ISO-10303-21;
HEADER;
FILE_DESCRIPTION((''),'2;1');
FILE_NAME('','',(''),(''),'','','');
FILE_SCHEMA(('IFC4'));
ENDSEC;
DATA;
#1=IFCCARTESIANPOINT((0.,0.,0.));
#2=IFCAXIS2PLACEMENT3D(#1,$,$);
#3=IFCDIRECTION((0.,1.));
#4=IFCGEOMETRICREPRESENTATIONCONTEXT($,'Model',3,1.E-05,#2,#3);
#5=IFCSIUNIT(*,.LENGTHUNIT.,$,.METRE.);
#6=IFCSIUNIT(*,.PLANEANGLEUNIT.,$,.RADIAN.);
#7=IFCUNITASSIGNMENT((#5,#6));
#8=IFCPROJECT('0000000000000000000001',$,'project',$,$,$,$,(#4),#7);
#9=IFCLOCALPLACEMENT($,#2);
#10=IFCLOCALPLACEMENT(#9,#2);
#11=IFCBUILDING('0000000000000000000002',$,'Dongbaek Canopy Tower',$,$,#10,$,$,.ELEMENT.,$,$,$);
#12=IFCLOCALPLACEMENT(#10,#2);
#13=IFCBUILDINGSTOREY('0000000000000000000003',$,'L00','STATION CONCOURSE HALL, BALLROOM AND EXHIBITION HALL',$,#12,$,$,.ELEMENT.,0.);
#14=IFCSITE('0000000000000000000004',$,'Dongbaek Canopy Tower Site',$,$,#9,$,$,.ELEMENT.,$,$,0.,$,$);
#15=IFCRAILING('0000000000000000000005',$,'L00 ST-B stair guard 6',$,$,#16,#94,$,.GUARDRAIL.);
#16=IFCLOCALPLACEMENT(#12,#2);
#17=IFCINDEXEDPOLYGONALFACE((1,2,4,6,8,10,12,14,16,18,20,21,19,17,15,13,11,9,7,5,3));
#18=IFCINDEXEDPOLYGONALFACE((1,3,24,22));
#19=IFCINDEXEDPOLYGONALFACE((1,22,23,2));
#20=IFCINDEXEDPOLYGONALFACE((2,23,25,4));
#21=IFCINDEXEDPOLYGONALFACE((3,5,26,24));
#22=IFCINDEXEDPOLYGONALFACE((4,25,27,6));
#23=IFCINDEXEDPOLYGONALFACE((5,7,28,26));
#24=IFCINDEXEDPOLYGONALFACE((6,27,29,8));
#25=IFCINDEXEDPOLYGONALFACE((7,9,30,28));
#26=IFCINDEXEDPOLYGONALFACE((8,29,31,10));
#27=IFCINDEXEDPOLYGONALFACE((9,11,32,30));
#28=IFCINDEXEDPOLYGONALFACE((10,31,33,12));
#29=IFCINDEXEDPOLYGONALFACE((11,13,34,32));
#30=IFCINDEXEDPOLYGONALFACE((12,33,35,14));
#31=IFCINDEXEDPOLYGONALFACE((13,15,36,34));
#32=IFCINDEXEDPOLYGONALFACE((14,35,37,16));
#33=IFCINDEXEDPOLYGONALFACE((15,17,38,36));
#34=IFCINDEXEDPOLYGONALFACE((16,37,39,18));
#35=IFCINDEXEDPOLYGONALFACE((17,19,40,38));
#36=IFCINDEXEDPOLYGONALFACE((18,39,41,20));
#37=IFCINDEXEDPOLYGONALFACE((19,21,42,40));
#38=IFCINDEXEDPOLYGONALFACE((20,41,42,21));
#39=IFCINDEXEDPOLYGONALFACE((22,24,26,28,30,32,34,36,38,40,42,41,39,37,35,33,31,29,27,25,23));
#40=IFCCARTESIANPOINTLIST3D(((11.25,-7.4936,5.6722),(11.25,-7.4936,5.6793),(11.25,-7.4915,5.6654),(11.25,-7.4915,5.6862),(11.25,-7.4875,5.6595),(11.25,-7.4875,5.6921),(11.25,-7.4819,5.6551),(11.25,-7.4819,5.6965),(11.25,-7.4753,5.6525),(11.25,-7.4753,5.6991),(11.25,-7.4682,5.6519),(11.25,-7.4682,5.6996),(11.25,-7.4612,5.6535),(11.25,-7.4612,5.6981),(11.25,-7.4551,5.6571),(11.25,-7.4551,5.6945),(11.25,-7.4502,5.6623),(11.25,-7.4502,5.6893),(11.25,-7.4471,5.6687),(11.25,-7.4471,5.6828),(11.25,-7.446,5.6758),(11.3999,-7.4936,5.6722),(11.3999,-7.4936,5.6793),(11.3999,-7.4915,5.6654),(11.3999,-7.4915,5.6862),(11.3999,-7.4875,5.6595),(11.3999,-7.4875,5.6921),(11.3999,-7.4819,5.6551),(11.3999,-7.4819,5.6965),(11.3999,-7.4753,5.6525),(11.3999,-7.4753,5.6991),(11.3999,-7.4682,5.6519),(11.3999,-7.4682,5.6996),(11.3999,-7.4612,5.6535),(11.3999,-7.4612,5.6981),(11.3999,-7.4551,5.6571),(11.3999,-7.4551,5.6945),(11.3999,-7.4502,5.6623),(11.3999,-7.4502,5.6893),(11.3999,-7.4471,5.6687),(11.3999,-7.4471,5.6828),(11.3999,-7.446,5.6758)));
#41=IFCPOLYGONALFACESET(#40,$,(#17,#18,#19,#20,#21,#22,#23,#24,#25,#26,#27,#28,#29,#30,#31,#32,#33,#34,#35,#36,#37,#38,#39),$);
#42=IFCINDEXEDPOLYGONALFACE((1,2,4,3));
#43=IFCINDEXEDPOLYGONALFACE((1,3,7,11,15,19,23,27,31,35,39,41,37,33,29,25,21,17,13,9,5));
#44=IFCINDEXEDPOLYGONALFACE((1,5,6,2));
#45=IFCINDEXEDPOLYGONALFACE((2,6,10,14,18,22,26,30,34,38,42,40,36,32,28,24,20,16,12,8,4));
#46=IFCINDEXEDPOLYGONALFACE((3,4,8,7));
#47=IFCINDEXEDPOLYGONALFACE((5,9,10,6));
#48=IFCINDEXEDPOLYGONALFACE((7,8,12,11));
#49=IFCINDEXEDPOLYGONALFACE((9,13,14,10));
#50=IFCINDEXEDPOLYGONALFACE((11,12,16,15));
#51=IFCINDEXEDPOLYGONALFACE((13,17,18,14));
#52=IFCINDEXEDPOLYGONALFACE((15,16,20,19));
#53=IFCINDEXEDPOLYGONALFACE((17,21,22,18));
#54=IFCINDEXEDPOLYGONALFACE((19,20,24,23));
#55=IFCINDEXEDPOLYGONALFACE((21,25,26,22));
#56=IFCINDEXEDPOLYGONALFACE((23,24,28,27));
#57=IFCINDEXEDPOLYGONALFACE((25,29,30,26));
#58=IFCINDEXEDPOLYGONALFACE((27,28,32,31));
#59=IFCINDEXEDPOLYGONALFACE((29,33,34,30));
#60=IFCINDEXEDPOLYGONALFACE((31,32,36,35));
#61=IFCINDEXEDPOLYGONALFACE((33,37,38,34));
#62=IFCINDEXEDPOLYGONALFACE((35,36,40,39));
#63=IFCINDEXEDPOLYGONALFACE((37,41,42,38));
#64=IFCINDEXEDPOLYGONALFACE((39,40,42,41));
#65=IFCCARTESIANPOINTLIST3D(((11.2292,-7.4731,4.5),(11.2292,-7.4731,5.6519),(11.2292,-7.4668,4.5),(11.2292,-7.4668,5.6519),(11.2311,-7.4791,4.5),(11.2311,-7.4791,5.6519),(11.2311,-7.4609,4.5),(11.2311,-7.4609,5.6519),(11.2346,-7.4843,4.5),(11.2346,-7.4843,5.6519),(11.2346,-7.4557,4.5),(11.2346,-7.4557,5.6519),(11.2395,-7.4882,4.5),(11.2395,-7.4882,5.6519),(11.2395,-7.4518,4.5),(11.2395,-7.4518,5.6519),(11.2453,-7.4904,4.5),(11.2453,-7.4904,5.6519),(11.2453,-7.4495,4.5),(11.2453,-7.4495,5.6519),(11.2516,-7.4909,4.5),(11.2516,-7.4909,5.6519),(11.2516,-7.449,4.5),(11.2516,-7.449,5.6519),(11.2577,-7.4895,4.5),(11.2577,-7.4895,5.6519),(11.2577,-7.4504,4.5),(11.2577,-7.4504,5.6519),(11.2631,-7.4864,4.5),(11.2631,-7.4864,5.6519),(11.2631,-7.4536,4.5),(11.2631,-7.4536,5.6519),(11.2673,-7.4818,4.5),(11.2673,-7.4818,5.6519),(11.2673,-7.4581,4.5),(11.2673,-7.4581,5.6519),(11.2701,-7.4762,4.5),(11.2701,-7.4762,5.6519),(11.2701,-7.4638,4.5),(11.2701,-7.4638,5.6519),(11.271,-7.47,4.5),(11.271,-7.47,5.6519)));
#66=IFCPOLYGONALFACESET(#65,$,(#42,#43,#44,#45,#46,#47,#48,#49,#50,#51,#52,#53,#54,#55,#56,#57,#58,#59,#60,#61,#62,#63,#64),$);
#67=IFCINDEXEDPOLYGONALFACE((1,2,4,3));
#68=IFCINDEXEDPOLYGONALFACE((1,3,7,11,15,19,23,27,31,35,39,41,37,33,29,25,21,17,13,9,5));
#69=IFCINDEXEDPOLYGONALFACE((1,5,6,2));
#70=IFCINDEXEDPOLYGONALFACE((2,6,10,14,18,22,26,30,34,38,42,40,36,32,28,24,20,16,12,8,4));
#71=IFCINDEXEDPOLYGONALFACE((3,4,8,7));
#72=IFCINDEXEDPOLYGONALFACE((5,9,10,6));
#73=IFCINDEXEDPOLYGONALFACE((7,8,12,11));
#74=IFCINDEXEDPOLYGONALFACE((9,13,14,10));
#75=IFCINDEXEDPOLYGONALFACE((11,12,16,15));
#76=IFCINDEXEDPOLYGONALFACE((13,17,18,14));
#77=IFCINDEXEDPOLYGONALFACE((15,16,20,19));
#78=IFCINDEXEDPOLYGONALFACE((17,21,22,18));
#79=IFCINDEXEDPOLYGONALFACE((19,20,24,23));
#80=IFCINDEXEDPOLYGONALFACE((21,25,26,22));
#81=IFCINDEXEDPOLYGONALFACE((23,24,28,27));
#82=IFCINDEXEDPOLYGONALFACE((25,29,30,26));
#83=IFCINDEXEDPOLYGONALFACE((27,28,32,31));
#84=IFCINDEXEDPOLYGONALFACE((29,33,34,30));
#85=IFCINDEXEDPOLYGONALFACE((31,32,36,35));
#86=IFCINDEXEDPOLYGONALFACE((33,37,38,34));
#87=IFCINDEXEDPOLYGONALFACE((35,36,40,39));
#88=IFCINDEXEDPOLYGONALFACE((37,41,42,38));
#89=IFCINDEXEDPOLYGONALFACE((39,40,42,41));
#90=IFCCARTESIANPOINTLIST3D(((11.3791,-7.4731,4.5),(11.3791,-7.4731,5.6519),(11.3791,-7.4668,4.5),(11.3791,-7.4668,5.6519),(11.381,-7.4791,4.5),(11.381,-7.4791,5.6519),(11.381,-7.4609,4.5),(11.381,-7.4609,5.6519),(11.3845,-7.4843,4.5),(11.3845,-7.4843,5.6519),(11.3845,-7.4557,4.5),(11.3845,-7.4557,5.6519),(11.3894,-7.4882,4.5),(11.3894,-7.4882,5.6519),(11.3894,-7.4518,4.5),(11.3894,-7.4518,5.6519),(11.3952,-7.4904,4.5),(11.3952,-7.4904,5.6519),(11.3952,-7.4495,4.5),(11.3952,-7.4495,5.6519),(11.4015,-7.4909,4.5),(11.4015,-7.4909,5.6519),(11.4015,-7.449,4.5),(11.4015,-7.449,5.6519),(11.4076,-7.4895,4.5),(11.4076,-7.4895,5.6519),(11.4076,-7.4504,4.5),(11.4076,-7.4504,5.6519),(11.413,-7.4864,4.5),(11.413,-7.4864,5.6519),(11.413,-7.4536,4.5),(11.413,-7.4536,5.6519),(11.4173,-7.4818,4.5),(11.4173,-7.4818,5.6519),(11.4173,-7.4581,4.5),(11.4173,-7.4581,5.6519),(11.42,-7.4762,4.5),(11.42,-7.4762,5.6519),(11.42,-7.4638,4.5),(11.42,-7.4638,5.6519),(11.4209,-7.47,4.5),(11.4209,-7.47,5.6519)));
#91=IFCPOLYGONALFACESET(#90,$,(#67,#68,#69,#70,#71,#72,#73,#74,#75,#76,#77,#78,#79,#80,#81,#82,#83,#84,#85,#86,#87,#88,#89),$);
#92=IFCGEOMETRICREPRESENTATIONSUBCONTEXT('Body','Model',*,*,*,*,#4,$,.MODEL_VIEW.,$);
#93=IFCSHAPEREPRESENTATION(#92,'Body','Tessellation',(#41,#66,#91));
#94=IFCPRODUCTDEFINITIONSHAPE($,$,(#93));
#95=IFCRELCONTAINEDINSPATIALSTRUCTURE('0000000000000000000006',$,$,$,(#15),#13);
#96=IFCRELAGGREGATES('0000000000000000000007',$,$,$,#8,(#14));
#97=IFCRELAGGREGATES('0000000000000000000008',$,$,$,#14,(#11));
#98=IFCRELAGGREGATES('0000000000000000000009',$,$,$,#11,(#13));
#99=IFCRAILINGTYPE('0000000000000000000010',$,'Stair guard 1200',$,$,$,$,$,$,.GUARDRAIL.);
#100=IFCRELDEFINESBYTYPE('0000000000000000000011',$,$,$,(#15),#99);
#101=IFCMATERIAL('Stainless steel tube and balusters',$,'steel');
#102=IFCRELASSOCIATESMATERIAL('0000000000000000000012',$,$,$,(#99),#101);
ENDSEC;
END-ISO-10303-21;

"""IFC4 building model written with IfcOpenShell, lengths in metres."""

from ifc_helpers import new_model, si_unit, direction, frame, origin, origin_2d, place, context, subcontext, project, spatial, circle, extrude, material, type_object, element, save


model = new_model("IFC4")

# Units and contexts
model_context = context("Model", 3, precision=1e-05, world=origin(), true_north=direction((0.0, 1.0)))
body_context = subcontext(model_context, "Body", "Model", "MODEL_VIEW")
ifc_project = project(units=[si_unit("LENGTHUNIT", "METRE"), si_unit("PLANEANGLEUNIT", "RADIAN")], contexts=[model_context])

# Site, building, storey
site_placement = place(None, origin())
site = spatial("IfcSite", under=ifc_project, at=site_placement, Name="Dongbaek Canopy Tower Site", CompositionType="ELEMENT", RefElevation=0.0)
building_placement = place(site_placement, origin())
building = spatial("IfcBuilding", under=site, at=building_placement, Name="Dongbaek Canopy Tower", CompositionType="ELEMENT")
storey_placement = place(building_placement, origin())
storey = spatial("IfcBuildingStorey", under=building, at=storey_placement, Name="L00", Description="STATION CONCOURSE HALL, BALLROOM AND EXHIBITION HALL", CompositionType="ELEMENT", Elevation=0.0)

# Railing
ifc_material_1 = material(Name="Stainless steel tube and balusters", Category="steel")
railing_type_1 = type_object("IfcRailingType", Name="Stair guard 1200", PredefinedType="GUARDRAIL", material=ifc_material_1)
railing_1_placement = place(storey_placement, frame((11.25, -7.47, 4.5)))
element("IfcRailing", 1, at=railing_1_placement, inside=storey, type_object=railing_type_1, Name="L00 ST-B stair guard 6", PredefinedType="GUARDRAIL", context=body_context, shape_type="SweptSolid", body=[
    extrude(circle(Radius=0.0239, at=origin_2d()), frame((0.0, 0.0, 1.1758), z_axis=(1.0, 0.0, 0.0), x_axis=(0.0, 1.0, 0.0)), (0.0, 0.0, 1.0), 0.1499),
    extrude(circle(Radius=0.021, at=origin_2d()), origin(), (0.0, 0.0, 1.0), 1.1519),
    extrude(circle(Radius=0.021, at=origin_2d()), frame((0.1499, 0.0, 0.0)), (0.0, 0.0, 1.0), 1.1519),
])

save(model, "model.ifc")
